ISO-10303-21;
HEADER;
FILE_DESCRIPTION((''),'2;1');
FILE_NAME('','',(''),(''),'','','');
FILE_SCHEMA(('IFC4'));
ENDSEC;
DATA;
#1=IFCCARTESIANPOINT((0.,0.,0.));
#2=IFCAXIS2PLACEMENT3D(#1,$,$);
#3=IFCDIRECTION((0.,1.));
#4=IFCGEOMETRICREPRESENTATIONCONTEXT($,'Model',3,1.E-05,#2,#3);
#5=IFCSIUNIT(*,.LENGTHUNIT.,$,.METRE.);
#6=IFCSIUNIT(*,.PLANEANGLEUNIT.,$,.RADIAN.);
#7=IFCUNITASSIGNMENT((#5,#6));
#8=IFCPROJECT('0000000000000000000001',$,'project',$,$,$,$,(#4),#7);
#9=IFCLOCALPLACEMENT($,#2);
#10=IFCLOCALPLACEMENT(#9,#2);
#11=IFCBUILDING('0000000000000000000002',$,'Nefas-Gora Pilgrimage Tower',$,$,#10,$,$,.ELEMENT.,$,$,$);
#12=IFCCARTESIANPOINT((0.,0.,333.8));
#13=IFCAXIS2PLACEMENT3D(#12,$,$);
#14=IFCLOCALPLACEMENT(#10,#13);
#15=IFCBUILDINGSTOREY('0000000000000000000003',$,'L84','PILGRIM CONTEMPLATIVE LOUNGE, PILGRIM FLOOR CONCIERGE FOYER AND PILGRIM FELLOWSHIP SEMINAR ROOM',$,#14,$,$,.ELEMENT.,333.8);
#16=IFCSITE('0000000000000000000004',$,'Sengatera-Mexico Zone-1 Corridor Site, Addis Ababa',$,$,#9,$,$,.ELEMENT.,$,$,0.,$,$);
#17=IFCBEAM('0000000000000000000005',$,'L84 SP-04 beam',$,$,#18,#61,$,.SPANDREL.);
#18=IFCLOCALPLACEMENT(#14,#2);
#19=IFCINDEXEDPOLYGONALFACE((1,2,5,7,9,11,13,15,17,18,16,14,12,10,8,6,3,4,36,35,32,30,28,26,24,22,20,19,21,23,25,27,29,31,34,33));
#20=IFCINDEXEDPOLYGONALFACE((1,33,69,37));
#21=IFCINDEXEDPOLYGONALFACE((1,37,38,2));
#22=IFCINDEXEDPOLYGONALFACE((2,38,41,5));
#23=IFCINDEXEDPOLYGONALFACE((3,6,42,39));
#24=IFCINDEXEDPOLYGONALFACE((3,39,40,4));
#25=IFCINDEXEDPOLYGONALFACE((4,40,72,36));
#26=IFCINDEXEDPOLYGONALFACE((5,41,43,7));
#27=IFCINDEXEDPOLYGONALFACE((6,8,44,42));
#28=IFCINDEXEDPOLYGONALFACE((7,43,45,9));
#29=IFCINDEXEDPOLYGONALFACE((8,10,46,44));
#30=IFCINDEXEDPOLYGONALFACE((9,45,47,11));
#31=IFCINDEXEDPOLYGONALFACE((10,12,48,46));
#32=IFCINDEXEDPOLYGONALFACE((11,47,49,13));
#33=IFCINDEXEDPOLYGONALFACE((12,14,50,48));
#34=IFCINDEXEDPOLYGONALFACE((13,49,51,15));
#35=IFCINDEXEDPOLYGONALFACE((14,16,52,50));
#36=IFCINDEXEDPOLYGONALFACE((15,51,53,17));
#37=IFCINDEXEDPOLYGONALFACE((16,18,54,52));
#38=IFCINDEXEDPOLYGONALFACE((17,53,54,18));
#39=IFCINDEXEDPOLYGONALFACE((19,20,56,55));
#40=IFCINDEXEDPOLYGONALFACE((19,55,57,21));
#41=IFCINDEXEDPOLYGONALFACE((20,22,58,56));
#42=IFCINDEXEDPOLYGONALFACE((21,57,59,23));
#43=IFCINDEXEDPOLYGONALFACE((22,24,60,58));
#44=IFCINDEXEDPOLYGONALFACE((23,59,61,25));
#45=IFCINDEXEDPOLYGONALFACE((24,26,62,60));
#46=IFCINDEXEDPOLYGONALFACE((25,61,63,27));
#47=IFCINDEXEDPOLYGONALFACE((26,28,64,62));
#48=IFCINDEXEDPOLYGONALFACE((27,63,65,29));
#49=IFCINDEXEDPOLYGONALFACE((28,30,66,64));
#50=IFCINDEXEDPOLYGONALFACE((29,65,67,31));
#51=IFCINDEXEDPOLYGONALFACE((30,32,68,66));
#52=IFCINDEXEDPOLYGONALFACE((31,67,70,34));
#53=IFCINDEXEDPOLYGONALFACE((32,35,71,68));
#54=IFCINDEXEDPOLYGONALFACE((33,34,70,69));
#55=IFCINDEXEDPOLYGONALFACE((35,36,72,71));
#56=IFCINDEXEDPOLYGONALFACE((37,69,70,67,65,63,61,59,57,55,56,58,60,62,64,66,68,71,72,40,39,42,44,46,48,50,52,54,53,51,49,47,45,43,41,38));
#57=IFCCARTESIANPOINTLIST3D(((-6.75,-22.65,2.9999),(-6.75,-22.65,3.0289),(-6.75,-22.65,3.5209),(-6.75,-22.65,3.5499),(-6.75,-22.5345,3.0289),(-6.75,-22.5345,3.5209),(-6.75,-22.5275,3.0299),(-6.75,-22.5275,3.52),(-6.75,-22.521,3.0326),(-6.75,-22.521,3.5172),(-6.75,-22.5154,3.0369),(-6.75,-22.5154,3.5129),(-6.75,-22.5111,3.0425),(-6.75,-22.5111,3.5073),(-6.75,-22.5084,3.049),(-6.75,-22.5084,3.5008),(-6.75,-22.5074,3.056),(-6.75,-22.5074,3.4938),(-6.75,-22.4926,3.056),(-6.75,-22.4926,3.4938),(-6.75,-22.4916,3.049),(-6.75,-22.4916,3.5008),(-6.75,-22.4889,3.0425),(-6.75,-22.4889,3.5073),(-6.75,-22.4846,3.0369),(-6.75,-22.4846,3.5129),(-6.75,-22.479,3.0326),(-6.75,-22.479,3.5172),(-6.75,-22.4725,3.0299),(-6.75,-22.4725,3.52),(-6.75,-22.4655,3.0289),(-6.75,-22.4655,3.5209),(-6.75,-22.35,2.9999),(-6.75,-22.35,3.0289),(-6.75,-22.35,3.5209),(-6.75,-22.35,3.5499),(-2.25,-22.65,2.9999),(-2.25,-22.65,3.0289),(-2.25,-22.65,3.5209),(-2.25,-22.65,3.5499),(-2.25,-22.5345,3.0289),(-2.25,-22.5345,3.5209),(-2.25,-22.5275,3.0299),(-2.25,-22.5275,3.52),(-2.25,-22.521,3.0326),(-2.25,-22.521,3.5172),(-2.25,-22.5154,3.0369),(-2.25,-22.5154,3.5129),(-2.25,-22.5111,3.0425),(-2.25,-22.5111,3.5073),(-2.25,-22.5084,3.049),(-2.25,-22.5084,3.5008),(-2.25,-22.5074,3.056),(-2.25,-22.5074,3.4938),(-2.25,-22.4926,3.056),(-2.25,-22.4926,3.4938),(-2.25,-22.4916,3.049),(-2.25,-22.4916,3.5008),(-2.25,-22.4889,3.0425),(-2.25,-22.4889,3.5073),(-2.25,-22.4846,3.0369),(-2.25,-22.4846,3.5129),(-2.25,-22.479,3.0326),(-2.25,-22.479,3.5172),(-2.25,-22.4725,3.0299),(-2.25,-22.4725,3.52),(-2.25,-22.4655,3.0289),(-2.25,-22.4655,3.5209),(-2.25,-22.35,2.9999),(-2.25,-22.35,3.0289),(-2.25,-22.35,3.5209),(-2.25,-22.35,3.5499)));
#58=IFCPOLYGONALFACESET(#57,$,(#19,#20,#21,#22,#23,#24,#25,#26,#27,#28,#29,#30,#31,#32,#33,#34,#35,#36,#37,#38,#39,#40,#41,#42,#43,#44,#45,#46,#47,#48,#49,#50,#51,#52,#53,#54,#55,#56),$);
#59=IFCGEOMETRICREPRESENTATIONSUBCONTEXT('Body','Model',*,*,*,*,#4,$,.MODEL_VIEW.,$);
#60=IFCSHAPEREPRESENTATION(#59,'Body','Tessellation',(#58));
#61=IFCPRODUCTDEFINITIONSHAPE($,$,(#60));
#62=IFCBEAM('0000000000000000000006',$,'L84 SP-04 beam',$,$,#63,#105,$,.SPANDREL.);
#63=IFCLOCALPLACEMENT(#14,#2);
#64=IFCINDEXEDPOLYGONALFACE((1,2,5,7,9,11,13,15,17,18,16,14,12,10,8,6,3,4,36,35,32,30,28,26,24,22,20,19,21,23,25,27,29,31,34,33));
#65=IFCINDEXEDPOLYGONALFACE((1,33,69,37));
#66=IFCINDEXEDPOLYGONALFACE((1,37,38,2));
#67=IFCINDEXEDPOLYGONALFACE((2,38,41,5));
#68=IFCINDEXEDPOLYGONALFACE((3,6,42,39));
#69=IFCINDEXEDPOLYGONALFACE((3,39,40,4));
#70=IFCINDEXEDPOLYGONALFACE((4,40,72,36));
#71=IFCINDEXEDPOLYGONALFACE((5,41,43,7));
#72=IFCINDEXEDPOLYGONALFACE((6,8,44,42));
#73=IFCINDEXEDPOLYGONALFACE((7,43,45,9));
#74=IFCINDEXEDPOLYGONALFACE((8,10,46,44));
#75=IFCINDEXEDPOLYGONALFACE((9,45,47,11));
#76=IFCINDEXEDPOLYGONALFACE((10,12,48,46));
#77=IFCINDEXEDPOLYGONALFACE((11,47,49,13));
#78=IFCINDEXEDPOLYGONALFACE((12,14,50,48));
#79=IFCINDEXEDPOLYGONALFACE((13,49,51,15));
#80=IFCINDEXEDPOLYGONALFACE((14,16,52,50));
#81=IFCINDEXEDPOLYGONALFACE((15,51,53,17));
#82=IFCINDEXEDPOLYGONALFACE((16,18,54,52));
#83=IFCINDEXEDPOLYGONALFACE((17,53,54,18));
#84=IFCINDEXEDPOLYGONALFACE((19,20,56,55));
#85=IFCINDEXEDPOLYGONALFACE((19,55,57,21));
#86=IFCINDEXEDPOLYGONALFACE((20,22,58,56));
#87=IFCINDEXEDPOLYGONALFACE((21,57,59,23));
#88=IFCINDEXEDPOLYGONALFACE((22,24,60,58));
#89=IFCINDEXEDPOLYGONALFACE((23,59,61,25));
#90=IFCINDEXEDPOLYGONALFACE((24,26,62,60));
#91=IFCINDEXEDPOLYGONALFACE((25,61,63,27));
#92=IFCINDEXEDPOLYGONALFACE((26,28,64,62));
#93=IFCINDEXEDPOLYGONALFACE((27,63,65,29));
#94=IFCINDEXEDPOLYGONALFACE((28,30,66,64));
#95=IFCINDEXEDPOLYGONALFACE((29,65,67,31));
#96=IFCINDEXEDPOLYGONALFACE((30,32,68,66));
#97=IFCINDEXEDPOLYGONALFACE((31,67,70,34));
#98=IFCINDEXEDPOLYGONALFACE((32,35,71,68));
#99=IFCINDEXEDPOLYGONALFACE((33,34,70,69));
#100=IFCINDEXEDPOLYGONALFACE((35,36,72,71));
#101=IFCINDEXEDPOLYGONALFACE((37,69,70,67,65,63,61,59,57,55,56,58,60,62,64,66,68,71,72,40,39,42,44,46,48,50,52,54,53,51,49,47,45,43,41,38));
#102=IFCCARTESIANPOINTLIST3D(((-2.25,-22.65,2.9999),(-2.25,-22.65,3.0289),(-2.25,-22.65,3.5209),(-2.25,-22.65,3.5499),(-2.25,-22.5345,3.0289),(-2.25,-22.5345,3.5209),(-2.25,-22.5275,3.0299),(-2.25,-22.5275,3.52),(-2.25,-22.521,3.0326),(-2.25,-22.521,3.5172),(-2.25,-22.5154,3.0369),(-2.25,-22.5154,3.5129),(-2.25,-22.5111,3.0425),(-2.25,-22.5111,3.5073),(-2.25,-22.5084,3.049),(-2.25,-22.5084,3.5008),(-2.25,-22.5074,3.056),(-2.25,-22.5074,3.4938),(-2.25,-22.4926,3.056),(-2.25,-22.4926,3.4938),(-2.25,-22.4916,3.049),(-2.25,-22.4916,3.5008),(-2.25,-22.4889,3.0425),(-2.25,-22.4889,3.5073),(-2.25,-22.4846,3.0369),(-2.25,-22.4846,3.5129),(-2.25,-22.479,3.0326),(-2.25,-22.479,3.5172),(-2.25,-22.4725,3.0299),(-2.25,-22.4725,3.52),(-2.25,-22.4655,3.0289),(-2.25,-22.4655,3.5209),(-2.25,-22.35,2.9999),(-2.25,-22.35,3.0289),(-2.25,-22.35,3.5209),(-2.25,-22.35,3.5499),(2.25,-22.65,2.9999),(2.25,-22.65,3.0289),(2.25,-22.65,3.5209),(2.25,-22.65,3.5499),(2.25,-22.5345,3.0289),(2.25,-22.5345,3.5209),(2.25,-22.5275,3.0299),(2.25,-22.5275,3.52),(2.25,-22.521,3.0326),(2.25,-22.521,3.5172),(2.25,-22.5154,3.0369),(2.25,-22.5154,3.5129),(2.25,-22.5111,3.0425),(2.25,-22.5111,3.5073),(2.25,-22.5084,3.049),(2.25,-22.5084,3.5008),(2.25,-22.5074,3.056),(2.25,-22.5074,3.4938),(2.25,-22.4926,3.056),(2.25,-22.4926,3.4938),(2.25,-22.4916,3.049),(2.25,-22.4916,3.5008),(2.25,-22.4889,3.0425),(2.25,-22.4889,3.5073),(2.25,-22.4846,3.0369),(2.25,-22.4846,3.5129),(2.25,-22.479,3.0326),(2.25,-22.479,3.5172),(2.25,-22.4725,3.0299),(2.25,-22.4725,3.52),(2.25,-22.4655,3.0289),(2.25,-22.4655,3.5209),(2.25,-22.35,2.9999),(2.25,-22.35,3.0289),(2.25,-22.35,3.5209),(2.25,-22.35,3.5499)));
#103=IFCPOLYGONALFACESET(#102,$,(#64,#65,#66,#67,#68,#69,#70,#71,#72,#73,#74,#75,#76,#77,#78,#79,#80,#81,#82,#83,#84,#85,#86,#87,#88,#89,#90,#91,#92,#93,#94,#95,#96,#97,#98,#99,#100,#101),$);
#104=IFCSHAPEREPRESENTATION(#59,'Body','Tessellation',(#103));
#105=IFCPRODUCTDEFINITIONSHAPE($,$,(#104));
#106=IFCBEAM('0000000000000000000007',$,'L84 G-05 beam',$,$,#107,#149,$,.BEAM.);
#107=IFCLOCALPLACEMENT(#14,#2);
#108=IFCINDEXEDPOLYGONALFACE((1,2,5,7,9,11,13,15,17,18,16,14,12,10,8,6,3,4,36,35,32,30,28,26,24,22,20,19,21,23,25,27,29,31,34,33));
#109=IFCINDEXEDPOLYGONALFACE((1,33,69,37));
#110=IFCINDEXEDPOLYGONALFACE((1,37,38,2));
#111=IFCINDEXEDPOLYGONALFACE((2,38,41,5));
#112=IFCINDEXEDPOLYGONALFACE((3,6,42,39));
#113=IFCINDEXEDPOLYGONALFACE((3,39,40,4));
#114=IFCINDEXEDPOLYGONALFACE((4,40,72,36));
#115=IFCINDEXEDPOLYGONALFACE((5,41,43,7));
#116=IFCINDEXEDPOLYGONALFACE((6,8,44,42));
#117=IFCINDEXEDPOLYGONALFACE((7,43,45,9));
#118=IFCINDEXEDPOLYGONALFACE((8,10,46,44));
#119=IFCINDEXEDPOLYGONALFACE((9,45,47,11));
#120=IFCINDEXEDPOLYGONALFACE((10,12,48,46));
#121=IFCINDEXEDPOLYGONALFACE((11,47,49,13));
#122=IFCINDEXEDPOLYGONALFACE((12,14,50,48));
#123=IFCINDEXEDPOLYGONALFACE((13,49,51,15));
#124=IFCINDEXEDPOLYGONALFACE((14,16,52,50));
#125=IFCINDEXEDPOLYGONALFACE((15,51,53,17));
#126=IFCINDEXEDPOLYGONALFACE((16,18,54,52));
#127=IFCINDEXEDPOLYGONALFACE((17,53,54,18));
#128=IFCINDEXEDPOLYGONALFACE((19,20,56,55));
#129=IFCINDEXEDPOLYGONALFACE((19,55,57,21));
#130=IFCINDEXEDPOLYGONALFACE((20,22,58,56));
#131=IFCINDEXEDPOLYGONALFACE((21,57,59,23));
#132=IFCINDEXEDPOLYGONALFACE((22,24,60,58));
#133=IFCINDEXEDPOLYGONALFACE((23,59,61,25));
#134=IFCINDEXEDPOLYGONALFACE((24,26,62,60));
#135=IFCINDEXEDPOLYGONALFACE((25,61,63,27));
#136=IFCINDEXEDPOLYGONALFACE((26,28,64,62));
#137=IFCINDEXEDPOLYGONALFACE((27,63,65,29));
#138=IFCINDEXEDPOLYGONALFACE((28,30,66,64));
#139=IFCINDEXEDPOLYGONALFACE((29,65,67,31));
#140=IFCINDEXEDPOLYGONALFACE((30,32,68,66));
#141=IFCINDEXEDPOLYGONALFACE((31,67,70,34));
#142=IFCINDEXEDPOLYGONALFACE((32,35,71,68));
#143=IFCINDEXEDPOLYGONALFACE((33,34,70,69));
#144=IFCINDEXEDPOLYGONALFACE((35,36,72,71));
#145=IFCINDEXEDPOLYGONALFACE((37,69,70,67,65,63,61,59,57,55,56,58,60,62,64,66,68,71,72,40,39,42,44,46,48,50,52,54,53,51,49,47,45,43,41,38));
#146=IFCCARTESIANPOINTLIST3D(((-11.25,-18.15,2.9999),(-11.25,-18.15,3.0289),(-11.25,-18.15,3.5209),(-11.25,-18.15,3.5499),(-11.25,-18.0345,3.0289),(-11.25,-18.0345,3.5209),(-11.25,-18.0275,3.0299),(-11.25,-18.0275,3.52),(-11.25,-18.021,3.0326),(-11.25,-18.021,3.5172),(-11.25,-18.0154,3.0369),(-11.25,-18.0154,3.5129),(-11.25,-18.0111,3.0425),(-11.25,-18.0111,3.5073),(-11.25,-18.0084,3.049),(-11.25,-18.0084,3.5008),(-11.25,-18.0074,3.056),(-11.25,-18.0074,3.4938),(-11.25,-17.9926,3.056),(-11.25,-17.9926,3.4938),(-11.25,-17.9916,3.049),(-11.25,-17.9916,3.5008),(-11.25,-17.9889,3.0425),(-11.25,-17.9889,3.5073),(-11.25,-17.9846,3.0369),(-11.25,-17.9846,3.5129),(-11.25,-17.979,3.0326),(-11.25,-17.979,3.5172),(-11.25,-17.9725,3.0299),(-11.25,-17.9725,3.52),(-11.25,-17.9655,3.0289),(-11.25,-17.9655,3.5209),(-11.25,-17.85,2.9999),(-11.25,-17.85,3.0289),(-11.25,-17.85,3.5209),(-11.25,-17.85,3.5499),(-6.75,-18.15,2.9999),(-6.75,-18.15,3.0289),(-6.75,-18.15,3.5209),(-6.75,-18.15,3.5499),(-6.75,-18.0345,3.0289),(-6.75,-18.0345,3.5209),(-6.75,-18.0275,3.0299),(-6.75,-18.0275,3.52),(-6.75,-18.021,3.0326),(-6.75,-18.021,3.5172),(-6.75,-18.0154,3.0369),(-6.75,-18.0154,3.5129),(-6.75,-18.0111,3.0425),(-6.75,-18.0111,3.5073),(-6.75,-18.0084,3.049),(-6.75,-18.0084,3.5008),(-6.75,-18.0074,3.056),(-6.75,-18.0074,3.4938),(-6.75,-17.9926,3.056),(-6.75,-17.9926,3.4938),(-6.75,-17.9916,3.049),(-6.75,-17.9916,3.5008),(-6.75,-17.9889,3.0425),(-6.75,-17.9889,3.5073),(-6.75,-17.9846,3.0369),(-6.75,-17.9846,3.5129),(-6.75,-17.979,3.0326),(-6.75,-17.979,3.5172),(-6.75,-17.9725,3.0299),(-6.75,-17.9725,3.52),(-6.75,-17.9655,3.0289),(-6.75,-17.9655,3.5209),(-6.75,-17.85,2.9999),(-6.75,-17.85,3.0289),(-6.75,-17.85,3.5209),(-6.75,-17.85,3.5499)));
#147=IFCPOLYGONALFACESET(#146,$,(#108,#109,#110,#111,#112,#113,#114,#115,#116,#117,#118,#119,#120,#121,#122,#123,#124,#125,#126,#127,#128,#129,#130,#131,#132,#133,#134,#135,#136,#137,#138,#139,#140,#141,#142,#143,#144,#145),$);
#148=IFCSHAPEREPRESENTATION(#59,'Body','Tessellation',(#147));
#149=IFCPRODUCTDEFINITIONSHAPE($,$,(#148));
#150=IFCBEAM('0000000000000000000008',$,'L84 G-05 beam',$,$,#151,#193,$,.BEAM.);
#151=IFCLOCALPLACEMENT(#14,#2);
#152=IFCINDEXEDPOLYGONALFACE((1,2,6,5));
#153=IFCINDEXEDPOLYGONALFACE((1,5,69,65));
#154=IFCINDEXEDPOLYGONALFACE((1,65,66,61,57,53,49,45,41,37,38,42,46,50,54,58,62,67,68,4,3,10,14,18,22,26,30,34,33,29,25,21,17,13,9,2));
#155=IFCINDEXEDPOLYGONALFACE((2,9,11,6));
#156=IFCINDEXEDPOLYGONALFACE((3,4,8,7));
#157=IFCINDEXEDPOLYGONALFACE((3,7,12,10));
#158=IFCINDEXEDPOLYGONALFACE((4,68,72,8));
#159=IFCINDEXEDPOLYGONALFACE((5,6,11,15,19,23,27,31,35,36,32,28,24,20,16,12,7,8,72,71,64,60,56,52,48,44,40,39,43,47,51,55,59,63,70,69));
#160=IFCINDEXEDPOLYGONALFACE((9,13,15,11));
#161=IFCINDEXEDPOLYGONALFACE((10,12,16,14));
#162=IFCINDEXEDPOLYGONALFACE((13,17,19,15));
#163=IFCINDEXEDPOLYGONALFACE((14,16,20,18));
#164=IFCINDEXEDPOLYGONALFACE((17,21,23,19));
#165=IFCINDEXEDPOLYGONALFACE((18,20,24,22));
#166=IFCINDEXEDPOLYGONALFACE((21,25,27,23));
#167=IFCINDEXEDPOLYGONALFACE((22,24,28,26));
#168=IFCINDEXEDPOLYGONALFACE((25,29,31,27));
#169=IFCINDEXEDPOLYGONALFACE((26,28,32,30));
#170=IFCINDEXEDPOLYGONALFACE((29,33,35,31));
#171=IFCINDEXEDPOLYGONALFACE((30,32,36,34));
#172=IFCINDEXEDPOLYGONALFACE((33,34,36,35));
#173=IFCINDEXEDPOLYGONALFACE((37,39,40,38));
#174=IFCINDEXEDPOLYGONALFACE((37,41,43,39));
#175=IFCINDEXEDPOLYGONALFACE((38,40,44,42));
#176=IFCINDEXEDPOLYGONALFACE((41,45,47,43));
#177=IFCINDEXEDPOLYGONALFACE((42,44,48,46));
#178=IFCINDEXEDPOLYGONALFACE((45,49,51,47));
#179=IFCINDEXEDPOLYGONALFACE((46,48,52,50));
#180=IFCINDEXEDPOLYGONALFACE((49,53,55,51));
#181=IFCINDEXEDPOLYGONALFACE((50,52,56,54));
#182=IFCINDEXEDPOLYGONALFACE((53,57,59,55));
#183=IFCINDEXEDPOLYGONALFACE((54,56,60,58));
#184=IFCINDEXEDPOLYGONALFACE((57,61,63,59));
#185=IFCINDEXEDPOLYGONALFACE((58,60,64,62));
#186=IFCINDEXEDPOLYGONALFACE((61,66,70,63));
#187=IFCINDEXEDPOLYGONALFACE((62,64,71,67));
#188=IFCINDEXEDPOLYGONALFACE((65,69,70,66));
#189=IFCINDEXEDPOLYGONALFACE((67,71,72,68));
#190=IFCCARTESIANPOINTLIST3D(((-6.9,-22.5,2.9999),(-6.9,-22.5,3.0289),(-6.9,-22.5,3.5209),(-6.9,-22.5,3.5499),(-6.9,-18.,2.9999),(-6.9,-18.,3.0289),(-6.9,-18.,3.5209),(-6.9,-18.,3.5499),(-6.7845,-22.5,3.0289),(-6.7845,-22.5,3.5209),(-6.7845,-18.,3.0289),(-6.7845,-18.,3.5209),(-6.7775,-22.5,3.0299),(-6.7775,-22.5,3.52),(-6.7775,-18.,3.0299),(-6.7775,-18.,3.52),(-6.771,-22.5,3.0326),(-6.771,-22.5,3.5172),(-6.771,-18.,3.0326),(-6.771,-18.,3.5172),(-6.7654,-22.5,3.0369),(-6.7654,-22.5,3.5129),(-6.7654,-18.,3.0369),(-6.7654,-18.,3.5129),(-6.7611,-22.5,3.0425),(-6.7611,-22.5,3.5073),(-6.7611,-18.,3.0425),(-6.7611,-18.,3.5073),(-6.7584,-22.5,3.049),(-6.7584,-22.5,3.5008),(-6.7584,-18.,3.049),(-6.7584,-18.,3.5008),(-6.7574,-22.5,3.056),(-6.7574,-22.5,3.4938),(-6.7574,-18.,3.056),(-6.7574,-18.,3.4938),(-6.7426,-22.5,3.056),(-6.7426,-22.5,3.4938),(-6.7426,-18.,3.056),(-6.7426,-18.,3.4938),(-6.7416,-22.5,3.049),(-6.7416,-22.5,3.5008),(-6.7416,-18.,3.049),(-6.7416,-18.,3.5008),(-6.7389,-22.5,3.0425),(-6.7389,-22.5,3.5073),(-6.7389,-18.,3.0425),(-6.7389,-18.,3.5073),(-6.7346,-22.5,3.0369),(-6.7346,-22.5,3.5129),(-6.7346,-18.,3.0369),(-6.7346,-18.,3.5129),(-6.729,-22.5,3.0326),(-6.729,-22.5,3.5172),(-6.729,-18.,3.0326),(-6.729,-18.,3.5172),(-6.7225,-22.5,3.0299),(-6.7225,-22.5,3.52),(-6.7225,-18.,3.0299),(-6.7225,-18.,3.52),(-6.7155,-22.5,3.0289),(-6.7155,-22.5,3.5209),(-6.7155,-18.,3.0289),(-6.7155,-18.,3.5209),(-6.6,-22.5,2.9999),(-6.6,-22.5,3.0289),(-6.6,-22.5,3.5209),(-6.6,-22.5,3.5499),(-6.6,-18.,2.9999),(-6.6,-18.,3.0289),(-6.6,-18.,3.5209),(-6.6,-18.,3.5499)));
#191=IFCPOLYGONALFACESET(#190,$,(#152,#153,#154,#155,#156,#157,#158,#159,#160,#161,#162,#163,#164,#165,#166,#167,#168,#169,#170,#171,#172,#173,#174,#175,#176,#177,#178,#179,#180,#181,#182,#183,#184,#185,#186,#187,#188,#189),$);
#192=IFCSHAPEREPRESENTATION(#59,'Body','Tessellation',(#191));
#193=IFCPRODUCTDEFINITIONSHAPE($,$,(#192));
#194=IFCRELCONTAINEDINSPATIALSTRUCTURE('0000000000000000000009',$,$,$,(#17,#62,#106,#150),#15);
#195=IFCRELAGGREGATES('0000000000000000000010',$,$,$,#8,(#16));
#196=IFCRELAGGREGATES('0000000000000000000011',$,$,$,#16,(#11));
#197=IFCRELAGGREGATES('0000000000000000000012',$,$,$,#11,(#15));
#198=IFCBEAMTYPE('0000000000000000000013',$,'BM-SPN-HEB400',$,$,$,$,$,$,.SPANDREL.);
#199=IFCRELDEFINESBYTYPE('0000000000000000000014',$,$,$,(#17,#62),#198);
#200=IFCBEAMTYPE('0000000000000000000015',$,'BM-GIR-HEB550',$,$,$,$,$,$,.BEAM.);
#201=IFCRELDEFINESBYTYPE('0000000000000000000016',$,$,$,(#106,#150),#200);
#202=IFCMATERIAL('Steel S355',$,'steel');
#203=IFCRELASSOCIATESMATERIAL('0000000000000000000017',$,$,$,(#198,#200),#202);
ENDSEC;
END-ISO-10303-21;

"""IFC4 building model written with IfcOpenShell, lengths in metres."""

from ifc_helpers import new_model, si_unit, direction, frame, origin, origin_2d, place, context, subcontext, project, spatial, i_section, extrude, source, transform, mapped, material, material_profile, profile_set, type_object, element, save


model = new_model("IFC4")

# Units and contexts
model_context = context("Model", 3, precision=1e-05, world=origin(), true_north=direction((0.0, 1.0)))
body_context = subcontext(model_context, "Body", "Model", "MODEL_VIEW")
ifc_project = project(units=[si_unit("LENGTHUNIT", "METRE"), si_unit("PLANEANGLEUNIT", "RADIAN")], contexts=[model_context])

# Site, building, storey
site_placement = place(None, origin())
site = spatial("IfcSite", under=ifc_project, at=site_placement, Name="Sengatera-Mexico Zone-1 Corridor Site, Addis Ababa", CompositionType="ELEMENT", RefElevation=0.0)
building_placement = place(site_placement, origin())
building = spatial("IfcBuilding", under=site, at=building_placement, Name="Nefas-Gora Pilgrimage Tower", CompositionType="ELEMENT")
storey_placement = place(building_placement, frame((0.0, 0.0, 333.8)))
storey = spatial("IfcBuildingStorey", under=building, at=storey_placement, Name="L84", Description="PILGRIM CONTEMPLATIVE LOUNGE, PILGRIM FLOOR CONCIERGE FOYER AND PILGRIM FELLOWSHIP SEMINAR ROOM", CompositionType="ELEMENT", Elevation=333.8)

# Shared definitions
ifc_material_1 = material(Name="Steel S355", Category="steel")

# Beams
ifc_material_profile_1 = material_profile(ifc_material_1, i_section(OverallWidth=0.3, OverallDepth=0.55, WebThickness=0.0149, FlangeThickness=0.0291, FilletRadius=0.0271, at=origin_2d()), Name="HEB 550")
ifc_profile_set_1 = profile_set([ifc_material_profile_1], Name="Steel S355")
beam_type_1 = type_object("IfcBeamType", Name="BM-SPN-HEB400", PredefinedType="SPANDREL", material=ifc_profile_set_1)
shared_shape_1 = source(origin(), body_context, "Body", "SweptSolid", [
    extrude(i_section(OverallWidth=0.3, OverallDepth=0.55, WebThickness=0.0149, FlangeThickness=0.0291, FilletRadius=0.0271, at=origin_2d()), origin(), (0.0, 0.0, 1.0), 4.5),
])
for number, where, z_axis, x_axis, name in (
    (1, (-6.75, -22.5, 3.2749), (1.0, 0.0, 0.0), (0.0, 1.0, 0.0), "L84 SP-04 beam"),
    (2, (-2.25, -22.5, 3.2749), (1.0, 0.0, 0.0), (0.0, 1.0, 0.0), "L84 SP-04 beam"),
):
    element("IfcBeam", number, at=place(storey_placement, frame(where, z_axis=z_axis, x_axis=x_axis)), inside=storey, type_object=beam_type_1, Name=name, PredefinedType="SPANDREL", context=body_context, shape_type="MappedRepresentation", body=[
        mapped(shared_shape_1, transform((0.0, 0.0, 0.0), x_axis=(1.0, 0.0, 0.0), y_axis=(0.0, 1.0, 0.0), z_axis=(0.0, 0.0, 1.0), scale=1.0)),
    ])
ifc_material_profile_2 = material_profile(ifc_material_1, i_section(OverallWidth=0.3, OverallDepth=0.55, WebThickness=0.0149, FlangeThickness=0.0291, FilletRadius=0.0271, at=origin_2d()), Name="HEB 550")
ifc_profile_set_2 = profile_set([ifc_material_profile_2], Name="Steel S355")
beam_type_2 = type_object("IfcBeamType", Name="BM-GIR-HEB550", PredefinedType="BEAM", material=ifc_profile_set_2)
shared_shape_2 = source(origin(), body_context, "Body", "SweptSolid", [
    extrude(i_section(OverallWidth=0.3, OverallDepth=0.55, WebThickness=0.0149, FlangeThickness=0.0291, FilletRadius=0.0271, at=origin_2d()), origin(), (0.0, 0.0, 1.0), 4.5),
])
for number, where, z_axis, x_axis, name in (
    (3, (-11.25, -18.0, 3.2749), (1.0, 0.0, 0.0), (0.0, 1.0, 0.0), "L84 G-05 beam"),
    (4, (-6.75, -22.5, 3.2749), (0.0, 1.0, 0.0), (-1.0, 0.0, 0.0), "L84 G-05 beam"),
):
    element("IfcBeam", number, at=place(storey_placement, frame(where, z_axis=z_axis, x_axis=x_axis)), inside=storey, type_object=beam_type_2, Name=name, PredefinedType="BEAM", context=body_context, shape_type="MappedRepresentation", body=[
        mapped(shared_shape_2, transform((0.0, 0.0, 0.0), x_axis=(1.0, 0.0, 0.0), y_axis=(0.0, 1.0, 0.0), z_axis=(0.0, 0.0, 1.0), scale=1.0)),
    ])

save(model, "model.ifc")
